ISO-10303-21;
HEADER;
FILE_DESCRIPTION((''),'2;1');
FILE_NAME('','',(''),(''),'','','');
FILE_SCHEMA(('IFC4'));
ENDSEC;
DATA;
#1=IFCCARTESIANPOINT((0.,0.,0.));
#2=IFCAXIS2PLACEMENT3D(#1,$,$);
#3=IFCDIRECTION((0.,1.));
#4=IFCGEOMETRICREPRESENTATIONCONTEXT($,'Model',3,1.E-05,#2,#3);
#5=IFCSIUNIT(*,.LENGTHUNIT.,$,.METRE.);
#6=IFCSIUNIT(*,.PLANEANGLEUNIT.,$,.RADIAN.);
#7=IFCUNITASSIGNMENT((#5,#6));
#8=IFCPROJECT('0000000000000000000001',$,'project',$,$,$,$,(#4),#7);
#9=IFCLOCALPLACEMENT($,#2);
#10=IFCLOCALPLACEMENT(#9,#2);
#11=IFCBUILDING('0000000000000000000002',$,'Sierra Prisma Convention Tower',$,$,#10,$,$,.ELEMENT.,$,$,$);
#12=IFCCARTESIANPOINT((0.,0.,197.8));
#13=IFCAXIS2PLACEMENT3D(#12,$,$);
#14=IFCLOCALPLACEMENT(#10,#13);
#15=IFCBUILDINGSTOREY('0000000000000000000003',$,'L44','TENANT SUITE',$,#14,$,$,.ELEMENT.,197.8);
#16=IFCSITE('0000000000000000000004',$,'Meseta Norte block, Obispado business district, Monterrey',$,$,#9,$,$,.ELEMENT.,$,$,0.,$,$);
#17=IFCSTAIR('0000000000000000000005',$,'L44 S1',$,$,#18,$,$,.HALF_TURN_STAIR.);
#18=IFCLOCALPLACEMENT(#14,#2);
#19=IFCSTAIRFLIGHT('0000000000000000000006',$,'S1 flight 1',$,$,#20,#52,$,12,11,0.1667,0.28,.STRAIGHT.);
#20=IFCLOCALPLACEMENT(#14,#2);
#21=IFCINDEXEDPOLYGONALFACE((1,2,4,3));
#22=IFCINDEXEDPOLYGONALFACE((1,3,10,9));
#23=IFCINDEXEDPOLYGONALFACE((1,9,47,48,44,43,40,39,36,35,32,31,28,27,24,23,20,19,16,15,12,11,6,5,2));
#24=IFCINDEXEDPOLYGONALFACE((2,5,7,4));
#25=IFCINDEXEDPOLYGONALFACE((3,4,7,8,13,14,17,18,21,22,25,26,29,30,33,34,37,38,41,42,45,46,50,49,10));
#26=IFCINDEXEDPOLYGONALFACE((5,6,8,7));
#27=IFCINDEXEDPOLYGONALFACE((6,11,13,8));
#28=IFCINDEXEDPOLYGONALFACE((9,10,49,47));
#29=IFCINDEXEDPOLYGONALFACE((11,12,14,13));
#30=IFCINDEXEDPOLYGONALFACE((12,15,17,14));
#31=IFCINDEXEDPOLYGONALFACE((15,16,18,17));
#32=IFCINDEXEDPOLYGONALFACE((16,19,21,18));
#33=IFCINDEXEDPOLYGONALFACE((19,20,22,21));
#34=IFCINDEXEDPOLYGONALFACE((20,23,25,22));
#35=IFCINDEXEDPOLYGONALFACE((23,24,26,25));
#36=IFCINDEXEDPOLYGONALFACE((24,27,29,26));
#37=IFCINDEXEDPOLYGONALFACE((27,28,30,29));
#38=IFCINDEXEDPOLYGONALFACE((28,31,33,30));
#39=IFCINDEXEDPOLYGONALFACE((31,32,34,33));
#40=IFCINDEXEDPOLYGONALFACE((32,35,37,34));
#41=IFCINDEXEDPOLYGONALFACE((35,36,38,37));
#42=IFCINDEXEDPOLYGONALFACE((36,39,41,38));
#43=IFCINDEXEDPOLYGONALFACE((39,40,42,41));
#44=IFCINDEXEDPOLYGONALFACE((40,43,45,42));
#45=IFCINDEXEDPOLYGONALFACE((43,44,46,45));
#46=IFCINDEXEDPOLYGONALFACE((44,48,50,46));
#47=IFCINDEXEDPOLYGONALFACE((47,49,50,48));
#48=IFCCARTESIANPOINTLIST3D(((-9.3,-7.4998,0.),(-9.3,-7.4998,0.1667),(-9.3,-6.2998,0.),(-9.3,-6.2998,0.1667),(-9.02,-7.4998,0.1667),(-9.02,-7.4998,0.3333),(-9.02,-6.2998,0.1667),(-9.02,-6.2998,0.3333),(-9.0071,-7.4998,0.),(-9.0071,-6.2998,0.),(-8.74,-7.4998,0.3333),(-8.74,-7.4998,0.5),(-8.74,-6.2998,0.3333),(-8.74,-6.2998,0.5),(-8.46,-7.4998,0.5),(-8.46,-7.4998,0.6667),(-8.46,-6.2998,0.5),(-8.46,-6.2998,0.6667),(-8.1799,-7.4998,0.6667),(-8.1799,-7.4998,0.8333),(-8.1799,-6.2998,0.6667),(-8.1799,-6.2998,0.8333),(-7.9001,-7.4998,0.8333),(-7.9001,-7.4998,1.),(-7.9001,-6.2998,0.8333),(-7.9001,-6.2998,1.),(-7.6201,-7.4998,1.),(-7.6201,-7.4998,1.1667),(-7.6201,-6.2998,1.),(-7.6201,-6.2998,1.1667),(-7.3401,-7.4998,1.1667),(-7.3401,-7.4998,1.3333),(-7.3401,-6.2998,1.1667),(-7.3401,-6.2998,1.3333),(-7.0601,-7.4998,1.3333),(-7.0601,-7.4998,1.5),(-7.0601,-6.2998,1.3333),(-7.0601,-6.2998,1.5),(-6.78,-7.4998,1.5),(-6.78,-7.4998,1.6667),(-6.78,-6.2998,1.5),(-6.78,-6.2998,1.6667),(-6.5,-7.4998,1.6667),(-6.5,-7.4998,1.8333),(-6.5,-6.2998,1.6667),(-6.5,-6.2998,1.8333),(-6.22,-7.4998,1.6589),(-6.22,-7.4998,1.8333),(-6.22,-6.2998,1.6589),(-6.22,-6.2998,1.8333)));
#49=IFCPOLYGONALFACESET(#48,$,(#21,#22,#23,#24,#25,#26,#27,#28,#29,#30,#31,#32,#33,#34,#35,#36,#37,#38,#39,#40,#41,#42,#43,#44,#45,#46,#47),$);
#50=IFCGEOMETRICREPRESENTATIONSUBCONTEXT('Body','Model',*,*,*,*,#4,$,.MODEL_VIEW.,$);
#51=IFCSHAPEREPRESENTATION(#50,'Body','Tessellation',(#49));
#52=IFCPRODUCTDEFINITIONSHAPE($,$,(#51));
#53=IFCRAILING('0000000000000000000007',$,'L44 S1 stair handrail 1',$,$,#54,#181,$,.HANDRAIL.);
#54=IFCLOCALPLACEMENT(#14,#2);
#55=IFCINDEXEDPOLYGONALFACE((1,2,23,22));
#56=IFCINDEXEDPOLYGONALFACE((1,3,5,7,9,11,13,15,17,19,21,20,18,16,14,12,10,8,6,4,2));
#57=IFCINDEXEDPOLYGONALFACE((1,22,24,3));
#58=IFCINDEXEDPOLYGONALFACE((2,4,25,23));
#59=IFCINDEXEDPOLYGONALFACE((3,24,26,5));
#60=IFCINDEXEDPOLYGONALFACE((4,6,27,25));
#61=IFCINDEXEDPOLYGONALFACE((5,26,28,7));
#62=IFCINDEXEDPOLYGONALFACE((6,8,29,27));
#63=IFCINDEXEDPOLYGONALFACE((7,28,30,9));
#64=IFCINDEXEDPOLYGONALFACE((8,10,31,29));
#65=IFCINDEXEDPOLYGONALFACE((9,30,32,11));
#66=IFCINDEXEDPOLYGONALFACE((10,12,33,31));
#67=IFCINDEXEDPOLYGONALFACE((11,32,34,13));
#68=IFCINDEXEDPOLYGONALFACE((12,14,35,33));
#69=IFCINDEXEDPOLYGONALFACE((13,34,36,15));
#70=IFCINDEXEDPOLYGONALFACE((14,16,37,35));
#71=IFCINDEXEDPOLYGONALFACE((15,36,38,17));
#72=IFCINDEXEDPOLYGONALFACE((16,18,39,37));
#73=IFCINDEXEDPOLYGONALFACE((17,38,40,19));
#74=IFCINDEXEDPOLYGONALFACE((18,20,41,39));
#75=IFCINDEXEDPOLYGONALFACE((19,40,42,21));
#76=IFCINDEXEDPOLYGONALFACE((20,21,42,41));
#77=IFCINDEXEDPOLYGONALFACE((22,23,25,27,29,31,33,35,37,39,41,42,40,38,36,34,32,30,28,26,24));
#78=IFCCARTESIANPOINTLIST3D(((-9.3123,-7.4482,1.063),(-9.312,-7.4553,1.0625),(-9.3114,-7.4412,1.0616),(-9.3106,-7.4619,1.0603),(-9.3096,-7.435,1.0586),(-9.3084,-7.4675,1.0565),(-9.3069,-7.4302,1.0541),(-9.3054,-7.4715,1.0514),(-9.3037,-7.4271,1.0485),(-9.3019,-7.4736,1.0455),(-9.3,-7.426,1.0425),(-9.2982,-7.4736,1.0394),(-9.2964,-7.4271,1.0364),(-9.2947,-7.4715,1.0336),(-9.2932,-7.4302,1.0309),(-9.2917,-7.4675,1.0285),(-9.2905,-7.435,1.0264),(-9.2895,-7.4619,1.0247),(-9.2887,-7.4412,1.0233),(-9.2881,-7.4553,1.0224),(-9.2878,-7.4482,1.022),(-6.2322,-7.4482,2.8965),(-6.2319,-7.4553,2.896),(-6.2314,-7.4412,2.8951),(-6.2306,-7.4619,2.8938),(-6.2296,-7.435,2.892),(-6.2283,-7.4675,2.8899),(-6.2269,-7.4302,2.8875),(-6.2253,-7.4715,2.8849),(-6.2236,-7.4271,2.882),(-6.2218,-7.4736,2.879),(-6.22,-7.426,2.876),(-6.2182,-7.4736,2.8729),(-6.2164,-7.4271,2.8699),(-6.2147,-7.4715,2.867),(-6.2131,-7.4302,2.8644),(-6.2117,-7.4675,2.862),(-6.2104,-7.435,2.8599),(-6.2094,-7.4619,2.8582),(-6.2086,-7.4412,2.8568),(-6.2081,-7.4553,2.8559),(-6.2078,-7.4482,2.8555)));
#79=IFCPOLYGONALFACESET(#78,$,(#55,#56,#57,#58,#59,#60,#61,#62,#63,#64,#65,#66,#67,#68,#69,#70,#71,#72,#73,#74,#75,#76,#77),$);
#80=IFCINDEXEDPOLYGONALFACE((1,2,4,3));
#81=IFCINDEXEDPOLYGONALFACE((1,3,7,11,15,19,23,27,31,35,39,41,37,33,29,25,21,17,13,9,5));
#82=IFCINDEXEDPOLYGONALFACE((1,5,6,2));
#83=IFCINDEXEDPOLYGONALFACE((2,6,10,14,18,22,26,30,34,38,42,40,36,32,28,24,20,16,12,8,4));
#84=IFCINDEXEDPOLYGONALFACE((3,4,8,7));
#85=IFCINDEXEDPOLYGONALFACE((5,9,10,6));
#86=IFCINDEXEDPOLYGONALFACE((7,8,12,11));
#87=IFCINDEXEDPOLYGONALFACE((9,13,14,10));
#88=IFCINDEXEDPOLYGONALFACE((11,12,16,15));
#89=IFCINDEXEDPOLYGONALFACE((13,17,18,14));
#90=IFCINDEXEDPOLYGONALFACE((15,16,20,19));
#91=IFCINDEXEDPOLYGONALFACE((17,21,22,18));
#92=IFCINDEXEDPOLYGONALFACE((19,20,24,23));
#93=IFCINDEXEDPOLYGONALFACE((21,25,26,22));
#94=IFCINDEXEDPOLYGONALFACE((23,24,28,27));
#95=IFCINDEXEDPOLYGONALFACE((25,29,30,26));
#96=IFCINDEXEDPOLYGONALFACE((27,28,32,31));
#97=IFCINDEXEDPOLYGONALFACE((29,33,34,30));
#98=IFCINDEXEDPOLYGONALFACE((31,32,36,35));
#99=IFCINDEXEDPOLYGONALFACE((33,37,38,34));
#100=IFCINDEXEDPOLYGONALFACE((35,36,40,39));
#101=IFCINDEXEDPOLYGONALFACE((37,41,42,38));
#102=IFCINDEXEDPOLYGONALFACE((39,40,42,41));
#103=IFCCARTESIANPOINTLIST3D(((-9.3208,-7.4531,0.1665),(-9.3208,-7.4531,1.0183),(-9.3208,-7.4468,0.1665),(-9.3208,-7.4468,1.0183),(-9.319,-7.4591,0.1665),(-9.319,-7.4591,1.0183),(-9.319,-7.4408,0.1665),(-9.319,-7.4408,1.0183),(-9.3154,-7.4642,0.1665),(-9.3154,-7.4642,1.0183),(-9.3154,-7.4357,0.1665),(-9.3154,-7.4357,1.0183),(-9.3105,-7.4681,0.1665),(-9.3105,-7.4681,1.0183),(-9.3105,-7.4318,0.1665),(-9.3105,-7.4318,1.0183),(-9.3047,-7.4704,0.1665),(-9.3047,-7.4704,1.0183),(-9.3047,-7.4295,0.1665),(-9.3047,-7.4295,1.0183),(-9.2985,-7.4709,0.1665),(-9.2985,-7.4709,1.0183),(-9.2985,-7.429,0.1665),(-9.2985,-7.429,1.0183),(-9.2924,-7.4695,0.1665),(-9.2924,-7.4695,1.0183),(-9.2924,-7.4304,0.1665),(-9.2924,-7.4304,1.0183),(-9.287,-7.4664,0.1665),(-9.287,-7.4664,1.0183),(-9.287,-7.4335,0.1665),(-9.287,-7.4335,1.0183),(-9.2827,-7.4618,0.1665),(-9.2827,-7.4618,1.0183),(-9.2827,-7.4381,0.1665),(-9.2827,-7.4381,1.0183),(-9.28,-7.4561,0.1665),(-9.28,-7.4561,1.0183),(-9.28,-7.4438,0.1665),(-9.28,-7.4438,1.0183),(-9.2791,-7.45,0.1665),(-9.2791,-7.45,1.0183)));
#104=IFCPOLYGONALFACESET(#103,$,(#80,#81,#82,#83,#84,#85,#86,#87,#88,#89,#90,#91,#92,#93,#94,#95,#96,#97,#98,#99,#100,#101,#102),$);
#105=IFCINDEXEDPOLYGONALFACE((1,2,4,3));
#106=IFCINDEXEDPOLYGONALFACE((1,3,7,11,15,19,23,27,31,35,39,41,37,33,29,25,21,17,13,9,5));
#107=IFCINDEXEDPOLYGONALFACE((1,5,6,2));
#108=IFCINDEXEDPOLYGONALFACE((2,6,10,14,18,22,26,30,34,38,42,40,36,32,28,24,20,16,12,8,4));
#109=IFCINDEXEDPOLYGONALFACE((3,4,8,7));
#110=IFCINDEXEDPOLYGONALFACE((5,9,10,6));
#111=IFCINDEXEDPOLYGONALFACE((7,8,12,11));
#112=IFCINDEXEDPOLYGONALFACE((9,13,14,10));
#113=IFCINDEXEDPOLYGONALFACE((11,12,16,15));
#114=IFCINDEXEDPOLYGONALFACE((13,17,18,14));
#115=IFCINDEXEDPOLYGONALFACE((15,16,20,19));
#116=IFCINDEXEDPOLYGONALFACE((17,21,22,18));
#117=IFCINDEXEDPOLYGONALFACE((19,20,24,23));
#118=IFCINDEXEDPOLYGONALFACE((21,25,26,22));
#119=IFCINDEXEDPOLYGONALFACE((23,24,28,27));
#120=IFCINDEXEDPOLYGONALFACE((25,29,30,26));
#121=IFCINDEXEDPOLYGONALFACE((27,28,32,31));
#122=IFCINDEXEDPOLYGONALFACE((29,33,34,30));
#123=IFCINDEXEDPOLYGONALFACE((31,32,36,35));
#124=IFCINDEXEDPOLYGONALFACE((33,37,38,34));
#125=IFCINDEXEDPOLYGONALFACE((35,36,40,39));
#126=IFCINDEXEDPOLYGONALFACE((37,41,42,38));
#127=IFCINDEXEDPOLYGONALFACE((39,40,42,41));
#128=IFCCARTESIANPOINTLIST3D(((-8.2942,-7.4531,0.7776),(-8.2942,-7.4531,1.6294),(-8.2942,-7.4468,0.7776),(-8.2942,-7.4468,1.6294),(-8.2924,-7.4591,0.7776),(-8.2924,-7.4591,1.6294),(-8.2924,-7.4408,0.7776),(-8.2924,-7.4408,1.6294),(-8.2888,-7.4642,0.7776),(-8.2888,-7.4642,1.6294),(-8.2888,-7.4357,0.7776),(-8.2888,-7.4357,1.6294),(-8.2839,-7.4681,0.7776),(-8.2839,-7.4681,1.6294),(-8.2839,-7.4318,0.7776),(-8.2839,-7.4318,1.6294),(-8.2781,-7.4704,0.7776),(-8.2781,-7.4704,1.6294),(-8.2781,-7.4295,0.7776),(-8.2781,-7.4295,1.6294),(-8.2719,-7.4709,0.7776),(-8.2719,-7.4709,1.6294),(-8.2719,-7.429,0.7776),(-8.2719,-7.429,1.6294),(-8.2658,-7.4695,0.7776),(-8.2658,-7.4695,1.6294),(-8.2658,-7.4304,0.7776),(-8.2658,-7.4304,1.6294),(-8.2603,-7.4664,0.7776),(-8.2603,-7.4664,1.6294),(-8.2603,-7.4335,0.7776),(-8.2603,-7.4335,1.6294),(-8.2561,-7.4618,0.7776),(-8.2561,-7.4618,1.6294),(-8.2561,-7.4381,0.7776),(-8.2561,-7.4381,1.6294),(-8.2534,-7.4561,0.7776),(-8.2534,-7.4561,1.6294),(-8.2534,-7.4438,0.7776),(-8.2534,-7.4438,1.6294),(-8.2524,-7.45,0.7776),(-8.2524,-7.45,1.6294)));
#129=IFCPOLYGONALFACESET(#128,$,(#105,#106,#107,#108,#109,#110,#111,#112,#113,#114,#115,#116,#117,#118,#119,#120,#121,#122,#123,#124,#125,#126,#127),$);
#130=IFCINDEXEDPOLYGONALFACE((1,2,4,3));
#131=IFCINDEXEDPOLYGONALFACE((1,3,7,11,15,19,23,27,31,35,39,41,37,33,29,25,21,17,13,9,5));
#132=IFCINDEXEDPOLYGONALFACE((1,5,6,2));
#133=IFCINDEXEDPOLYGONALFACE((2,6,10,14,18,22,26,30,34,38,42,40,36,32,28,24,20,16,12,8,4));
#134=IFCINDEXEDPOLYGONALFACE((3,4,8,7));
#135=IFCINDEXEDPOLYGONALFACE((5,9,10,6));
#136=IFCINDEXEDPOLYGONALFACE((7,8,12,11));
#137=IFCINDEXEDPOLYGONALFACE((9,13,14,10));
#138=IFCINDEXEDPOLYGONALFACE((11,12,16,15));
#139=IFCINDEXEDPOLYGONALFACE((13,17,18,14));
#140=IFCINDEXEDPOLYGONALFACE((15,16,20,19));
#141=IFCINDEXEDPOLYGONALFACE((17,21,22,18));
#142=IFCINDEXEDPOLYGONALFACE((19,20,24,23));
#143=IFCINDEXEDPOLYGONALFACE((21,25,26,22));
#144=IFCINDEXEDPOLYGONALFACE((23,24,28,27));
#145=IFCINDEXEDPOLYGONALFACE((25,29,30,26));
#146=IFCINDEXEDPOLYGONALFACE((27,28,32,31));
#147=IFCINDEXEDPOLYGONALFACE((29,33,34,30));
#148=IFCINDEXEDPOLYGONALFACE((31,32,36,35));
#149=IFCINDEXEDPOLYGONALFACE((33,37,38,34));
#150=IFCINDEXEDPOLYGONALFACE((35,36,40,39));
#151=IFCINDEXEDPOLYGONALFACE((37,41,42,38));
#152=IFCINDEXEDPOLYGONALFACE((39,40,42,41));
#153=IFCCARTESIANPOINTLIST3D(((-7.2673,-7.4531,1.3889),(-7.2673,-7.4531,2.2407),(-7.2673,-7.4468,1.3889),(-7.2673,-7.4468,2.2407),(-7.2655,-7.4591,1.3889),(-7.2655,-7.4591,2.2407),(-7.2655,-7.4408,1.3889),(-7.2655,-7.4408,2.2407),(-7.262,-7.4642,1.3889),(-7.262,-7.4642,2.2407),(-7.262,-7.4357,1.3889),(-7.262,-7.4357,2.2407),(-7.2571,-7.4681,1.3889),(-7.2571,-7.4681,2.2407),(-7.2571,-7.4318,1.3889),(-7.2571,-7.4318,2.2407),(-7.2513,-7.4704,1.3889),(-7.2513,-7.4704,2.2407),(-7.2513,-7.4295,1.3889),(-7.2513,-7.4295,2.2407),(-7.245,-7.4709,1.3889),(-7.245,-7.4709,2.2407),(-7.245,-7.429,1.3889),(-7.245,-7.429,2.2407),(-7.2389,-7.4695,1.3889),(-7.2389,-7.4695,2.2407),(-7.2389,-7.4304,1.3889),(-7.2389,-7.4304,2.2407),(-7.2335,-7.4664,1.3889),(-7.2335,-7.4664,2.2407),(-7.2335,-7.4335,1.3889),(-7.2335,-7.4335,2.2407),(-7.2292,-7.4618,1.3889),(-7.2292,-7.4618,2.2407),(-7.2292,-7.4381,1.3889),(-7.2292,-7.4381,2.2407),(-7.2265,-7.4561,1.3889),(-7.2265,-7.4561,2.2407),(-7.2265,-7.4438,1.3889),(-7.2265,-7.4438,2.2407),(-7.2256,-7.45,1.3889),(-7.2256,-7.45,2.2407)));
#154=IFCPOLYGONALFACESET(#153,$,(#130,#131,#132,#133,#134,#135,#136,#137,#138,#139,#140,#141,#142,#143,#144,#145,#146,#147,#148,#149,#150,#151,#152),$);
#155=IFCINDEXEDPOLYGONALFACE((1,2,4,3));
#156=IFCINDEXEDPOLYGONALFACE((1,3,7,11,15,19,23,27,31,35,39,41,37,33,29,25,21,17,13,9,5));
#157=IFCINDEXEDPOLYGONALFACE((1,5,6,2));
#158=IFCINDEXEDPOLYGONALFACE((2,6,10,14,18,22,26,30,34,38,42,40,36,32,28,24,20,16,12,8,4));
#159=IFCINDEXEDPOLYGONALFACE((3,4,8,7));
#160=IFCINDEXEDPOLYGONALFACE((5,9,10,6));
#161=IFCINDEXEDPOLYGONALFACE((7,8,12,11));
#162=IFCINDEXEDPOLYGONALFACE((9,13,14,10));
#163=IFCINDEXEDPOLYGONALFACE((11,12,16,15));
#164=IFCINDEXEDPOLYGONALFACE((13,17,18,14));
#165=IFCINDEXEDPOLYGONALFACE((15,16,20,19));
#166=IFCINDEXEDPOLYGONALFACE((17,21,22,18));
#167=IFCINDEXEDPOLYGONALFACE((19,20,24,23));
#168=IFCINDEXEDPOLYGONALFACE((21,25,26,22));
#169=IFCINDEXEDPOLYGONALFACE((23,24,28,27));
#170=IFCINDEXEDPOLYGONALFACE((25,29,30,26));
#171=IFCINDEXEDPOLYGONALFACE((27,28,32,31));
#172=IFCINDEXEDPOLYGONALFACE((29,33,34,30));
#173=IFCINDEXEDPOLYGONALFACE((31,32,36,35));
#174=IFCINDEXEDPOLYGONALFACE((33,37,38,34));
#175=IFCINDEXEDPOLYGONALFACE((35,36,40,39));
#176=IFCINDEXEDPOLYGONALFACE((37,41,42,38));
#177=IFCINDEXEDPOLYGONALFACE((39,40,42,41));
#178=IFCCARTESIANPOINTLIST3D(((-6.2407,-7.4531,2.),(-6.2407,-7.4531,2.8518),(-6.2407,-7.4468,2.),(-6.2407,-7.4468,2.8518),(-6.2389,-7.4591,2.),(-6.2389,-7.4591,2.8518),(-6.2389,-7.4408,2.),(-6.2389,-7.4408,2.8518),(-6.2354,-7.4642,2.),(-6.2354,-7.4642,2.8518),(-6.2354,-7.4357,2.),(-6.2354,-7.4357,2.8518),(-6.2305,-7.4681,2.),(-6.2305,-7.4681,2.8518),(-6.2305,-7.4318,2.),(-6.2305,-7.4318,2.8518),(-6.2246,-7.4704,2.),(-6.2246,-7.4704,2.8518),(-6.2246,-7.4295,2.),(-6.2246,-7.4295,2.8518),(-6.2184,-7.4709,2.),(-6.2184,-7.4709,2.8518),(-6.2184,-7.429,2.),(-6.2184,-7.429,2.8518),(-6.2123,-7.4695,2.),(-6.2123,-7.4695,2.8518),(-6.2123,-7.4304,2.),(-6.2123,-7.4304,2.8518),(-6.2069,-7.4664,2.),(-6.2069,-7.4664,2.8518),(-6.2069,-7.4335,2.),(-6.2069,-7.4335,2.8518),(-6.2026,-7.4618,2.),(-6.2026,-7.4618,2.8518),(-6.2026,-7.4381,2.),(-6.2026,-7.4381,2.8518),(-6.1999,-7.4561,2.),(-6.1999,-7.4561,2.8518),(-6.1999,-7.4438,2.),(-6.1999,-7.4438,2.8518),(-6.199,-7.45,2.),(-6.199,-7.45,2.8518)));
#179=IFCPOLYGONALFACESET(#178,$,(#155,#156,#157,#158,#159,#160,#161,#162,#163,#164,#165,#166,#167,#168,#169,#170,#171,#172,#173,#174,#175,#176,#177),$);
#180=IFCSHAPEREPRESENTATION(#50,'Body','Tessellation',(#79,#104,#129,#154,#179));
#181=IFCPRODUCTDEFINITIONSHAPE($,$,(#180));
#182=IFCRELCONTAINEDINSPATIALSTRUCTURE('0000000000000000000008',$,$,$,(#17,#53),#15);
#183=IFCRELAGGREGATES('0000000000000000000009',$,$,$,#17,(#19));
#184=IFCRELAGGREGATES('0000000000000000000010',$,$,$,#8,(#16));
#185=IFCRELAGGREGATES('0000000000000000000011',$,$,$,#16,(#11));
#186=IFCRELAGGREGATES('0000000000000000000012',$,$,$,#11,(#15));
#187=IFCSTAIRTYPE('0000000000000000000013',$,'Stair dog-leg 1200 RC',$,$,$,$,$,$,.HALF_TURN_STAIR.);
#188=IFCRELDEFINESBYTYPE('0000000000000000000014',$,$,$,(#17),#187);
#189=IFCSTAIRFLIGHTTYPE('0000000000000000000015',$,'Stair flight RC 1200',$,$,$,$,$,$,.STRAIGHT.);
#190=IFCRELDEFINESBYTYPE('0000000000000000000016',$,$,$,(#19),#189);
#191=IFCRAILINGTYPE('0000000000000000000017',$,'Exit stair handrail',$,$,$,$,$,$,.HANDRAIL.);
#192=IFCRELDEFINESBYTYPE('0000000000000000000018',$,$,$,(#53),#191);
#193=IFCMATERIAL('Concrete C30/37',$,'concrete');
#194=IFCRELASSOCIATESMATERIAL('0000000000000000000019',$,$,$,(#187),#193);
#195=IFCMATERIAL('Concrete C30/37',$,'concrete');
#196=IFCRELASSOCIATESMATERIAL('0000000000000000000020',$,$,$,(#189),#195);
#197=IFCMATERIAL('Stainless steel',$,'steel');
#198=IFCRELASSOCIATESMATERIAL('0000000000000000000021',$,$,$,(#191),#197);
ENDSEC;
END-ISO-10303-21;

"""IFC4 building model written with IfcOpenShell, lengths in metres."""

from ifc_helpers import new_model, si_unit, direction, frame, origin, origin_2d, place, context, subcontext, project, spatial, polyline, circle, outline, extrude, material, type_object, element, aggregate, save


model = new_model("IFC4")

# Units and contexts
model_context = context("Model", 3, precision=1e-05, world=origin(), true_north=direction((0.0, 1.0)))
body_context = subcontext(model_context, "Body", "Model", "MODEL_VIEW")
ifc_project = project(units=[si_unit("LENGTHUNIT", "METRE"), si_unit("PLANEANGLEUNIT", "RADIAN")], contexts=[model_context])

# Site, building, storey
site_placement = place(None, origin())
site = spatial("IfcSite", under=ifc_project, at=site_placement, Name="Meseta Norte block, Obispado business district, Monterrey", CompositionType="ELEMENT", RefElevation=0.0)
building_placement = place(site_placement, origin())
building = spatial("IfcBuilding", under=site, at=building_placement, Name="Sierra Prisma Convention Tower", CompositionType="ELEMENT")
storey_placement = place(building_placement, frame((0.0, 0.0, 197.8)))
storey = spatial("IfcBuildingStorey", under=building, at=storey_placement, Name="L44", Description="TENANT SUITE", CompositionType="ELEMENT", Elevation=197.8)

# Stair, stair flight
ifc_material_1 = material(Name="Concrete C30/37", Category="concrete")
stair_type = type_object("IfcStairType", Name="Stair dog-leg 1200 RC", PredefinedType="HALF_TURN_STAIR", material=ifc_material_1)
stair_placement = place(storey_placement, origin())
stair = element("IfcStair", 1, at=stair_placement, inside=storey, type_object=stair_type, Name="L44 S1", PredefinedType="HALF_TURN_STAIR")
ifc_material_2 = material(Name="Concrete C30/37", Category="concrete")
stair_flight_type = type_object("IfcStairFlightType", Name="Stair flight RC 1200", PredefinedType="STRAIGHT", material=ifc_material_2)
stair_flight_placement = place(storey_placement, frame((-9.3, -6.8999, 0.0), z_axis=(0.0, 0.0, 1.0), x_axis=(1.0, 0.0, 0.0)))
stair_flight = element("IfcStairFlight", 2, at=stair_flight_placement, type_object=stair_flight_type, Name="S1 flight 1", NumberOfRisers=12, NumberOfTreads=11, PredefinedType="STRAIGHT", RiserHeight=0.1667, TreadLength=0.28, context=body_context, shape_type="SweptSolid", body=[
    extrude(outline(polyline([(0.0, 0.0), (0.0, 0.1667), (0.28, 0.1667), (0.28, 0.3333), (0.5601, 0.3333), (0.5601, 0.5), (0.8401, 0.5), (0.8401, 0.6667), (1.1201, 0.6667), (1.1201, 0.8333), (1.3999, 0.8333), (1.3999, 1.0), (1.6799, 1.0), (1.6799, 1.1667), (1.96, 1.1667), (1.96, 1.3333), (2.24, 1.3333), (2.24, 1.5), (2.52, 1.5), (2.52, 1.6667), (2.8, 1.6667), (2.8, 1.8333), (3.0801, 1.8333), (3.0801, 2.0), (3.0801, 1.6589), (0.293, 0.0), (0.0, 0.0)])), frame((0.0, 0.6001, 0.0), z_axis=(0.0, -1.0, 0.0), x_axis=(1.0, 0.0, 0.0)), (0.0, 0.0, 1.0), 1.2),
])
aggregate(stair, [stair_flight])

# Railing
ifc_material_3 = material(Name="Stainless steel", Category="steel")
railing_type = type_object("IfcRailingType", Name="Exit stair handrail", PredefinedType="HANDRAIL", material=ifc_material_3)
railing_placement = place(storey_placement, frame((-9.3, -7.45, 0.1665)))
element("IfcRailing", 3, at=railing_placement, inside=storey, type_object=railing_type, Name="L44 S1 stair handrail 1", PredefinedType="HANDRAIL", context=body_context, shape_type="SweptSolid", body=[
    extrude(circle(Radius=0.0239, at=origin_2d()), frame((0.0, 0.0, 0.876), z_axis=(0.859279, 0.0, 0.511508), x_axis=(0.0, 1.0, 0.0)), (0.0, 0.0, 1.0), 3.5845),
    extrude(circle(Radius=0.021, at=origin_2d()), origin(), (0.0, 0.0, 1.0), 0.8518),
    extrude(circle(Radius=0.021, at=origin_2d()), frame((1.0266, 0.0, 0.6111)), (0.0, 0.0, 1.0), 0.8518),
    extrude(circle(Radius=0.021, at=origin_2d()), frame((2.0535, 0.0, 1.2224)), (0.0, 0.0, 1.0), 0.8518),
    extrude(circle(Radius=0.021, at=origin_2d()), frame((3.0801, 0.0, 1.8335)), (0.0, 0.0, 1.0), 0.8518),
])

save(model, "model.ifc")
